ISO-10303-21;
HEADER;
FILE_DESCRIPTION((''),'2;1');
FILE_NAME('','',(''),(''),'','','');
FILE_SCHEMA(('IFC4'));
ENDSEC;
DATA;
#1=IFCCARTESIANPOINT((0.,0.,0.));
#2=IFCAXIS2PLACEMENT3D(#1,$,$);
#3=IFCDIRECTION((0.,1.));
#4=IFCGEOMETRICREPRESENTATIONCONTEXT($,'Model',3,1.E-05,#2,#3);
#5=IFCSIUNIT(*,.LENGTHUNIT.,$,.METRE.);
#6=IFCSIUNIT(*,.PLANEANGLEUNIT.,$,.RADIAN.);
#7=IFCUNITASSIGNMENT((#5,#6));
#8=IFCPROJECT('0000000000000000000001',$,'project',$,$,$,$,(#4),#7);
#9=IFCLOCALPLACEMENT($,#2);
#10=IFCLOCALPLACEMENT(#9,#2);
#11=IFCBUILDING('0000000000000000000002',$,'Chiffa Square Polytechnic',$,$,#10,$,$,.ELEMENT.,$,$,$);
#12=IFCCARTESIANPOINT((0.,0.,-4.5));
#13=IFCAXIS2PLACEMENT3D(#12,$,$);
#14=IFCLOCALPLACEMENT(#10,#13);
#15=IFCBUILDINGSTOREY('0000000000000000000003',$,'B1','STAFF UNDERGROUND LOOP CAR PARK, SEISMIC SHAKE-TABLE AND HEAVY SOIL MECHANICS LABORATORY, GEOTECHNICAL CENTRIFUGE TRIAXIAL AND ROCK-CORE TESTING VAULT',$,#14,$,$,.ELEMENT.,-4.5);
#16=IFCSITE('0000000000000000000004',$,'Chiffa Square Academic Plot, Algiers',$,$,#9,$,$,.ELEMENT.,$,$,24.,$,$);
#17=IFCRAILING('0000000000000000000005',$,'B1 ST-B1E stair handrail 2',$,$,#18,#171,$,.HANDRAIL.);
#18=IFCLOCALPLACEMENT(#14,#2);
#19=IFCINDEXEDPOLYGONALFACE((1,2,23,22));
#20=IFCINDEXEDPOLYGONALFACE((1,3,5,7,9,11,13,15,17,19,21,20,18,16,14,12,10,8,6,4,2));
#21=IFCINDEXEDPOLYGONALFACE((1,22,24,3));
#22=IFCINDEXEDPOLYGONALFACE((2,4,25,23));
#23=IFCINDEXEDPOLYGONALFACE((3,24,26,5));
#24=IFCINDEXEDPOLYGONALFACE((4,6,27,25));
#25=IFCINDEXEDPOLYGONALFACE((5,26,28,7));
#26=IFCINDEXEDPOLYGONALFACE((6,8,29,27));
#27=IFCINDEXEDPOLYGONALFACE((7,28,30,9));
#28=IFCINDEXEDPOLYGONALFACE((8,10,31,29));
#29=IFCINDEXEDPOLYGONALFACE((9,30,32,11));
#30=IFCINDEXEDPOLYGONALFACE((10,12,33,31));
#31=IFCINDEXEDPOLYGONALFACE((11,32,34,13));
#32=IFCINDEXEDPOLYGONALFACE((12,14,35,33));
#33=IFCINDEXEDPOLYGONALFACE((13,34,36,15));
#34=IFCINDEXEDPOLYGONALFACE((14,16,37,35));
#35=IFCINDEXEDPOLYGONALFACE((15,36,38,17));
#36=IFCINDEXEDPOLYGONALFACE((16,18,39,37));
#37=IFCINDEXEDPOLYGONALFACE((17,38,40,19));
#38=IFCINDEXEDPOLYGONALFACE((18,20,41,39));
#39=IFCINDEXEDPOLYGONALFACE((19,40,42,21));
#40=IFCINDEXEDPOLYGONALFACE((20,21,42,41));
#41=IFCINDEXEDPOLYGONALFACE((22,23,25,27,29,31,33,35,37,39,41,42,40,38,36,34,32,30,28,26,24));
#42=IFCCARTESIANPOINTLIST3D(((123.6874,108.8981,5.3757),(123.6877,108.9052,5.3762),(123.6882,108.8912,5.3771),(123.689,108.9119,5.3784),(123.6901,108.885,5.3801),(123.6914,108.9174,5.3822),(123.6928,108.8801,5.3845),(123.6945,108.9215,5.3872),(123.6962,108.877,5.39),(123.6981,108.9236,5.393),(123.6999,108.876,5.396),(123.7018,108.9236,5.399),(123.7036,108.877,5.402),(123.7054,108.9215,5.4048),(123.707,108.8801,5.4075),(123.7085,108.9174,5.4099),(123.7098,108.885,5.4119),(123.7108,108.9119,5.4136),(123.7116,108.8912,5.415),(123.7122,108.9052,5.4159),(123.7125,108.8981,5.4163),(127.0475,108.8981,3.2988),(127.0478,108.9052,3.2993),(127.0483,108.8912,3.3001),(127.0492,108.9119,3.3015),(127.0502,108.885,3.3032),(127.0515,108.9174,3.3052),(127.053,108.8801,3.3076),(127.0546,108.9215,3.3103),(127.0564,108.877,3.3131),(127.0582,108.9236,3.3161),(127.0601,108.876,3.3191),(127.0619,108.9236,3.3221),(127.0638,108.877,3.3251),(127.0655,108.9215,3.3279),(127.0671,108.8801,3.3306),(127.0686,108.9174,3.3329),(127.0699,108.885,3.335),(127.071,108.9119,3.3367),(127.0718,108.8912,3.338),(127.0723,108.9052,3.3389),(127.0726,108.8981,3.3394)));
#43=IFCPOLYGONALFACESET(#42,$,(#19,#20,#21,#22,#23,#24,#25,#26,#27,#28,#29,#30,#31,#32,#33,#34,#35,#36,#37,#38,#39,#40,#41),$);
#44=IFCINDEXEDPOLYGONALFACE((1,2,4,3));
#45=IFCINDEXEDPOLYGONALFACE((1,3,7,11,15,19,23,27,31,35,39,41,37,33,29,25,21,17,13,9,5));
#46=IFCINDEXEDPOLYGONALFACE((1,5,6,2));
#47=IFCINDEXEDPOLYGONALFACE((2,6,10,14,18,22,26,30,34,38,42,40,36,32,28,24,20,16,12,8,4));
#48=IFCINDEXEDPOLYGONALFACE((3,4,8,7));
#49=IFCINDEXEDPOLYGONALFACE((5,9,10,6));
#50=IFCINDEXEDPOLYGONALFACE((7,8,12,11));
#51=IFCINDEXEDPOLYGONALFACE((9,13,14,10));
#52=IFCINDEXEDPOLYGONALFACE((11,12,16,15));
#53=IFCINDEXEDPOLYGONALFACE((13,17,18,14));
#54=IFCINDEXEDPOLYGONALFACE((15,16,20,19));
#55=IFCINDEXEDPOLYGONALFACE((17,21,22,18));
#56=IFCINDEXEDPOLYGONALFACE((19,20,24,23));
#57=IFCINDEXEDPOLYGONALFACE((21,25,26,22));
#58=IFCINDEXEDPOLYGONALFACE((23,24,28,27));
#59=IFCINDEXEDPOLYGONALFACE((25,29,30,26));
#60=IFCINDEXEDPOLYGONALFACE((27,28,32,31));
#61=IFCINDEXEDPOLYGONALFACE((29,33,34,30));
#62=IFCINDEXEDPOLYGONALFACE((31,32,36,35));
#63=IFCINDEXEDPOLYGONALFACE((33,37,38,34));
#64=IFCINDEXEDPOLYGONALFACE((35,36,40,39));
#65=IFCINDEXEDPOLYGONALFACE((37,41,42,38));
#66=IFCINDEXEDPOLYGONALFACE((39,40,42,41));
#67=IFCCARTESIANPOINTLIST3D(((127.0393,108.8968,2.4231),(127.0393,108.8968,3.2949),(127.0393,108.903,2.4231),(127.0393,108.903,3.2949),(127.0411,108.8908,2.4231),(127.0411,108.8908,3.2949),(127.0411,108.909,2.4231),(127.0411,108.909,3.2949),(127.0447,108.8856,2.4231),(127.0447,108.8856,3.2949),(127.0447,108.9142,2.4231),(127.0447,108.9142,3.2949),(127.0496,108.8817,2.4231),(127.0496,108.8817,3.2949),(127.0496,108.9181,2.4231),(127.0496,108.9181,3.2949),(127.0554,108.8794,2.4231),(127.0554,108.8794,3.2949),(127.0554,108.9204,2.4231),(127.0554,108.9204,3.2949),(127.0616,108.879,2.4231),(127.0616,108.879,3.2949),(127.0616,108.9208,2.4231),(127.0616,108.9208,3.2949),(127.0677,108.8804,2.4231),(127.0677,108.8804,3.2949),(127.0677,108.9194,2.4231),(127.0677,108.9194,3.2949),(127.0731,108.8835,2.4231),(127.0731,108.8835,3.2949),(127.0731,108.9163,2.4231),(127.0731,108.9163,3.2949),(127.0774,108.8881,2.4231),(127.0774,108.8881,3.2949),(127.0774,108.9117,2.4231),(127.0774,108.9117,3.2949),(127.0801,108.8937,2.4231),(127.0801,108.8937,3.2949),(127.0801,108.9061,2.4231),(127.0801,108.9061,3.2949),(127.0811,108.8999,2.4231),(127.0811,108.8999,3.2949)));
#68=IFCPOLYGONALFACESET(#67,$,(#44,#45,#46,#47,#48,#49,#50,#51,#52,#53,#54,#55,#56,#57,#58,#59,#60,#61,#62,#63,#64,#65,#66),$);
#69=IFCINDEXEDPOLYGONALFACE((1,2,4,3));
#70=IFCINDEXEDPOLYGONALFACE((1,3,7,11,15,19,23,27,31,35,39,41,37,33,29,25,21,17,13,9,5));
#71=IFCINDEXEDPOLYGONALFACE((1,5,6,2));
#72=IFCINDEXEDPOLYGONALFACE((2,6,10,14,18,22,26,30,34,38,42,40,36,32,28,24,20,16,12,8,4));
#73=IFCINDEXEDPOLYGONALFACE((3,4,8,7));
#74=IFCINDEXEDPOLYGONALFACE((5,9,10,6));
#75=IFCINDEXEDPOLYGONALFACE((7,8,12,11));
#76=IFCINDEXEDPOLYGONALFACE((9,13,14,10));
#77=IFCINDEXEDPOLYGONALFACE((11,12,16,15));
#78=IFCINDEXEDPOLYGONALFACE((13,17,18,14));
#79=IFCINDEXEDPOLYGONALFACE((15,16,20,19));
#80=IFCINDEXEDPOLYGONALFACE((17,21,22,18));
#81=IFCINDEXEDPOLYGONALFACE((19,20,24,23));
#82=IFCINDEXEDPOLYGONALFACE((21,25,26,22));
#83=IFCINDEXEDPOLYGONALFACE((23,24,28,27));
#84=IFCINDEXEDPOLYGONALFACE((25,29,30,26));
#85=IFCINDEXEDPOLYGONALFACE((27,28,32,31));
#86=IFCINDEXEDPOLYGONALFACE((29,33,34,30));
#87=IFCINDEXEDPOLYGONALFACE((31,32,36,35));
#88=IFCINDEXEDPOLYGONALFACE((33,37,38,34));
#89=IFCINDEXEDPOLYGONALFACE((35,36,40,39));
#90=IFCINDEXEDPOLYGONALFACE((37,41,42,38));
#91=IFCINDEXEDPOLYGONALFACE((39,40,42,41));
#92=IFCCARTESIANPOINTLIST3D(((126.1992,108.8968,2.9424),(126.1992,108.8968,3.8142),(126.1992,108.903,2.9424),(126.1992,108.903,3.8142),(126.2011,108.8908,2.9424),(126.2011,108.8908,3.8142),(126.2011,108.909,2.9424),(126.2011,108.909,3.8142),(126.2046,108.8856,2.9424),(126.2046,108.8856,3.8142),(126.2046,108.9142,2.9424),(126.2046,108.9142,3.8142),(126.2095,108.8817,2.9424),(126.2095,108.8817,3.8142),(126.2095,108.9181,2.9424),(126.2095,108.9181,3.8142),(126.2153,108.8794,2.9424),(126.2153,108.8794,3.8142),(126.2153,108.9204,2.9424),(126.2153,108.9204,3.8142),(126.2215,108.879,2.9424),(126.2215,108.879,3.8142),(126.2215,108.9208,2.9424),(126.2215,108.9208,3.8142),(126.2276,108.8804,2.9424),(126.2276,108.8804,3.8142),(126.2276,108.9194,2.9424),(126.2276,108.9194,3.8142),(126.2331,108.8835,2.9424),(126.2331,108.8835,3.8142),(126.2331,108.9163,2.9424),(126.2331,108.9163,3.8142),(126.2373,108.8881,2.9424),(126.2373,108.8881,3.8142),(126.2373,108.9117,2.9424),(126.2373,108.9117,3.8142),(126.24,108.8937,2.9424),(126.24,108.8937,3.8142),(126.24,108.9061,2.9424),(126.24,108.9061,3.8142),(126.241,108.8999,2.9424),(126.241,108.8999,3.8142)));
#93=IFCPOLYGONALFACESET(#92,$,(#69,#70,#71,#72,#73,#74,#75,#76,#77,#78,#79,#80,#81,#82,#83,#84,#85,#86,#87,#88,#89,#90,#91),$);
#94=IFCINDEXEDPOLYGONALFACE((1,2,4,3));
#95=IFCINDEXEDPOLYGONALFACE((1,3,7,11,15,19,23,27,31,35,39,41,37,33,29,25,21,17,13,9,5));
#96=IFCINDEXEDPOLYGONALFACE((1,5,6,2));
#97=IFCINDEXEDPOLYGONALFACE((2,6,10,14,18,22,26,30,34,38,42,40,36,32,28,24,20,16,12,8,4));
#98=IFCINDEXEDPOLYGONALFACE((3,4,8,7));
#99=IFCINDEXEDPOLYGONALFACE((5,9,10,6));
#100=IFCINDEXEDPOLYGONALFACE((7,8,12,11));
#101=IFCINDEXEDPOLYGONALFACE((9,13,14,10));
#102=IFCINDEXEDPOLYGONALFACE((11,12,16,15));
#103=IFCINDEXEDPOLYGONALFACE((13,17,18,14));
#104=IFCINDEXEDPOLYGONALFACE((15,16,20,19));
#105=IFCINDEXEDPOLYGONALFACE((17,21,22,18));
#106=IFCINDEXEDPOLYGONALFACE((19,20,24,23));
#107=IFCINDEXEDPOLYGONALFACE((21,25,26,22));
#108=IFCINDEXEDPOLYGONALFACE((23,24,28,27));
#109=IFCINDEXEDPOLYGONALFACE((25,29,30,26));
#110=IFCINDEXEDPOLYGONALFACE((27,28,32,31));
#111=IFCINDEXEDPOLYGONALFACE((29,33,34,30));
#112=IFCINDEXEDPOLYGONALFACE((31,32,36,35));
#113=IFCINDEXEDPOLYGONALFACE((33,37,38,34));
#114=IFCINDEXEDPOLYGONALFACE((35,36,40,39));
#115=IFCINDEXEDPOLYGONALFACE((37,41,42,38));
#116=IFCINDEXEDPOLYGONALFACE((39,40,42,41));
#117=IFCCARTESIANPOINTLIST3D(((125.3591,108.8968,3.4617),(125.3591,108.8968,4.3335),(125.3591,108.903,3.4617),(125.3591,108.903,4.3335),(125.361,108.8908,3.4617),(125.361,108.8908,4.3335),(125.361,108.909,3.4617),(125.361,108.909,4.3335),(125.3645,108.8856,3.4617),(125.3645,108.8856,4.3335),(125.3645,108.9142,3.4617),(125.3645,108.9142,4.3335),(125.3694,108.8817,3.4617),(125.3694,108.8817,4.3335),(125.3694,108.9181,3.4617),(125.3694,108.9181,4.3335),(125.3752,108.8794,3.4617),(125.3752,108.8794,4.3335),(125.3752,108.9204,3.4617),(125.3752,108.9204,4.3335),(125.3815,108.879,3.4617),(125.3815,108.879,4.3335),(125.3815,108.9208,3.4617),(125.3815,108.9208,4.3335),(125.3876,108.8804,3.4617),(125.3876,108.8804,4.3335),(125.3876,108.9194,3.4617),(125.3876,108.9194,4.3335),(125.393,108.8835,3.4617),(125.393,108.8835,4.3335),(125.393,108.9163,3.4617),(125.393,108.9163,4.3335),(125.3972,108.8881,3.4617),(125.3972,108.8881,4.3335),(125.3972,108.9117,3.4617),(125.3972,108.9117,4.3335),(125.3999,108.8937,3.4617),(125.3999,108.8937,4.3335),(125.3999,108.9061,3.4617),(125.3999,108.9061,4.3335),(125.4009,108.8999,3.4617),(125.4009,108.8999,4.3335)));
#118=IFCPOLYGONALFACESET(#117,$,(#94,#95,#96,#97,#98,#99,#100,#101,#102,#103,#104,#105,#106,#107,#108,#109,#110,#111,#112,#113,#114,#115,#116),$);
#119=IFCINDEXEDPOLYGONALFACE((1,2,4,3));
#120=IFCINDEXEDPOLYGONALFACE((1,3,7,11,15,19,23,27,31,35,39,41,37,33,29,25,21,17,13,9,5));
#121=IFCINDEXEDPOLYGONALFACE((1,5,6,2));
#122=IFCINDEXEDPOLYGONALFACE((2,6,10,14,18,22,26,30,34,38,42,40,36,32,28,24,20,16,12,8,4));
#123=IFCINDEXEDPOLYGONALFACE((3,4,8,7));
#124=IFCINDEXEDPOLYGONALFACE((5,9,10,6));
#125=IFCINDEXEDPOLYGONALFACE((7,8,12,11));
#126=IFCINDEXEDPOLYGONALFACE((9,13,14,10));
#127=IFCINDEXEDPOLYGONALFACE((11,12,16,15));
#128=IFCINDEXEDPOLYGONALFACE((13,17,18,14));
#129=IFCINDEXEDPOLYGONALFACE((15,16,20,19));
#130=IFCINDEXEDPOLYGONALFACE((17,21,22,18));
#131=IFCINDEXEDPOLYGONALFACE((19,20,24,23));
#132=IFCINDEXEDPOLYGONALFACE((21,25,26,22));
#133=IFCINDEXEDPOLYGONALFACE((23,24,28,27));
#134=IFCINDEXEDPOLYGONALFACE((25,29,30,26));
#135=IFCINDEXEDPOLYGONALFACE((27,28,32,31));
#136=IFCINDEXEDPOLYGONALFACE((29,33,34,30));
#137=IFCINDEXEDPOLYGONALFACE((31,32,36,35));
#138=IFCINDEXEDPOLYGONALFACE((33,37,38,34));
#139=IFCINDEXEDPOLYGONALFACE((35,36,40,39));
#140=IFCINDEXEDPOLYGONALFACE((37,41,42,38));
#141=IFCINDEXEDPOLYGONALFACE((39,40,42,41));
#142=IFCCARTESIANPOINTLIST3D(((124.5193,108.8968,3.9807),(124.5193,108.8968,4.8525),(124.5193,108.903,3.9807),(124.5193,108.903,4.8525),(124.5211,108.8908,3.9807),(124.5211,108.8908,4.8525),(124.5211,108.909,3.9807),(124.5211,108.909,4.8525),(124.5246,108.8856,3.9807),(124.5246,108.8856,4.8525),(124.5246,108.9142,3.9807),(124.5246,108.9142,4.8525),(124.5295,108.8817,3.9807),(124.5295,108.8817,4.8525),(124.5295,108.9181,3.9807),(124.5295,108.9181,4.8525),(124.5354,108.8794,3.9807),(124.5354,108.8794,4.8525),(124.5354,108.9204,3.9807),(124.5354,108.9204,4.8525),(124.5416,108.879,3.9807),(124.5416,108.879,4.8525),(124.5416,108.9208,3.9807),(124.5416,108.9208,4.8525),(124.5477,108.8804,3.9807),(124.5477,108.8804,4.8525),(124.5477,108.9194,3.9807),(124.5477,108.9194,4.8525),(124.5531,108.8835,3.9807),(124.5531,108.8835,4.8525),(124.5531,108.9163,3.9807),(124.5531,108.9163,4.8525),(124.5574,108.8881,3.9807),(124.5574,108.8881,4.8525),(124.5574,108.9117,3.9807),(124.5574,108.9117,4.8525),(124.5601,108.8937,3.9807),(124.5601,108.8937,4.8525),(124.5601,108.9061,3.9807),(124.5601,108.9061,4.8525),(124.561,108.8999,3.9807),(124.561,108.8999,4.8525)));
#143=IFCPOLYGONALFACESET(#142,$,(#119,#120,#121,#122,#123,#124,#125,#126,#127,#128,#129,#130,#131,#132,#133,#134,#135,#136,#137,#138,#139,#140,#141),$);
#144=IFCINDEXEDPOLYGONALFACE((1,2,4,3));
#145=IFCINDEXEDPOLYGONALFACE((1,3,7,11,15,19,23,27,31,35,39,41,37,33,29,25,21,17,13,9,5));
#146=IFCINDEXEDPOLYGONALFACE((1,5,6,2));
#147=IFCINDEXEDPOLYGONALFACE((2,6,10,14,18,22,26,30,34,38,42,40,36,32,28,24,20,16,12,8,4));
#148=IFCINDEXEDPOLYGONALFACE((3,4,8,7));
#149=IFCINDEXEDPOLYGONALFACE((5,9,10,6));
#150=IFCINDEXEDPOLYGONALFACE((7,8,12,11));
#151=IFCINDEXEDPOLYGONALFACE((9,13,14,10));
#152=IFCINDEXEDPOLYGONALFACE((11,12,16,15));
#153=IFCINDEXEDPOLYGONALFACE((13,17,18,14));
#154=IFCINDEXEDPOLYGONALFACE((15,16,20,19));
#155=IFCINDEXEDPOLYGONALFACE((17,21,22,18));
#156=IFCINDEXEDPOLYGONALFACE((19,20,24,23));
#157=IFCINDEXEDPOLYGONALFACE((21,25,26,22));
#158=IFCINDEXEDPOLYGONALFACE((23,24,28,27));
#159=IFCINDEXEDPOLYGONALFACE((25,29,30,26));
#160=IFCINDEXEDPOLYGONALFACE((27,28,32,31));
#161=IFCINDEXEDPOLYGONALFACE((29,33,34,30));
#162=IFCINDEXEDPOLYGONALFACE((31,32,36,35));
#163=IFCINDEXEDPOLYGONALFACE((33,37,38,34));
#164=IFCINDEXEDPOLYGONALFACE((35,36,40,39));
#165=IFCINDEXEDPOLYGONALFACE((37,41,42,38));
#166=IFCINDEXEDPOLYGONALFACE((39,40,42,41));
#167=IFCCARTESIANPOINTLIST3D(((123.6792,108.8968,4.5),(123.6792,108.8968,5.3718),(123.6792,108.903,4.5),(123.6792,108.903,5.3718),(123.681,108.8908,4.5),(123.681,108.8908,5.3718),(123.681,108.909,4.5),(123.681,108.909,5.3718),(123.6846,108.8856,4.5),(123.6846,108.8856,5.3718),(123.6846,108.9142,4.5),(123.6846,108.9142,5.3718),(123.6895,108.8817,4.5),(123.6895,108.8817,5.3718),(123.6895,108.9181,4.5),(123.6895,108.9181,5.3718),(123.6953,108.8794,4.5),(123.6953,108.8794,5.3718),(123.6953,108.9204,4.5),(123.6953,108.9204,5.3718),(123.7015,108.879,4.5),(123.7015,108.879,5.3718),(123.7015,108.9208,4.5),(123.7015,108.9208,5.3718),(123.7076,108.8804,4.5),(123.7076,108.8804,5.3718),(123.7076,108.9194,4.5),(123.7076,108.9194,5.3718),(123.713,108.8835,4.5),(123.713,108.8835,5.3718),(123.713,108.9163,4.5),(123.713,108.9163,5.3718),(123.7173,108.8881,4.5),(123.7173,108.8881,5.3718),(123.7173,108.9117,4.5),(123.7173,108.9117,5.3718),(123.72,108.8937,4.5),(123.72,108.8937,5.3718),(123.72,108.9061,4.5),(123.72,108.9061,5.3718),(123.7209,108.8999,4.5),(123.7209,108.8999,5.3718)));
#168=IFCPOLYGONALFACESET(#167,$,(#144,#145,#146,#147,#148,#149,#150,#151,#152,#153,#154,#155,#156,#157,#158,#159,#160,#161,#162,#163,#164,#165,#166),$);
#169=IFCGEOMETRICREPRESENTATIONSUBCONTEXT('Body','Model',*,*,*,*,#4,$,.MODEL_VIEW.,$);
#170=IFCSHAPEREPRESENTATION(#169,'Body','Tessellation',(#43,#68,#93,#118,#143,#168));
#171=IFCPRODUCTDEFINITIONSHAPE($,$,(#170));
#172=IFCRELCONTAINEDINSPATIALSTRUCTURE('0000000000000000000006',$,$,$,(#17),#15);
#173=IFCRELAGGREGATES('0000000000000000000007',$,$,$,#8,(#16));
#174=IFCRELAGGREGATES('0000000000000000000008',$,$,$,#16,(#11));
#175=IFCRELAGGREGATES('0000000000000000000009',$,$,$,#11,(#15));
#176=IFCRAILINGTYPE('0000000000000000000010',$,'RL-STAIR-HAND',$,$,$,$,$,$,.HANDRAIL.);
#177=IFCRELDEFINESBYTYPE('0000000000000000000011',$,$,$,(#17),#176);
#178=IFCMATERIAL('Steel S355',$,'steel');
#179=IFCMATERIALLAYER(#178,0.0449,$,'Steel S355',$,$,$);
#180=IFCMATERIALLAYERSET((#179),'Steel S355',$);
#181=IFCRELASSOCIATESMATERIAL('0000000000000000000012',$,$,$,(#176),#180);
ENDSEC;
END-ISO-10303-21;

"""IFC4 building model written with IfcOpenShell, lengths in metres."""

from ifc_helpers import new_model, si_unit, direction, frame, origin, origin_2d, place, context, subcontext, project, spatial, circle, extrude, material, layer, layer_set, type_object, element, save


model = new_model("IFC4")

# Units and contexts
model_context = context("Model", 3, precision=1e-05, world=origin(), true_north=direction((0.0, 1.0)))
body_context = subcontext(model_context, "Body", "Model", "MODEL_VIEW")
ifc_project = project(units=[si_unit("LENGTHUNIT", "METRE"), si_unit("PLANEANGLEUNIT", "RADIAN")], contexts=[model_context])

# Site, building, storey
site_placement = place(None, origin())
site = spatial("IfcSite", under=ifc_project, at=site_placement, Name="Chiffa Square Academic Plot, Algiers", CompositionType="ELEMENT", RefElevation=24.0)
building_placement = place(site_placement, origin())
building = spatial("IfcBuilding", under=site, at=building_placement, Name="Chiffa Square Polytechnic", CompositionType="ELEMENT")
storey_placement = place(building_placement, frame((0.0, 0.0, -4.5)))
storey = spatial("IfcBuildingStorey", under=building, at=storey_placement, Name="B1", Description="STAFF UNDERGROUND LOOP CAR PARK, SEISMIC SHAKE-TABLE AND HEAVY SOIL MECHANICS LABORATORY, GEOTECHNICAL CENTRIFUGE TRIAXIAL AND ROCK-CORE TESTING VAULT", CompositionType="ELEMENT", Elevation=-4.5)

# Railing
ifc_material_1 = material(Name="Steel S355", Category="steel")
ifc_layer_1 = layer(ifc_material_1, 0.0449, Name="Steel S355")
ifc_layer_set_1 = layer_set([ifc_layer_1], Name="Steel S355")
railing_type = type_object("IfcRailingType", Name="RL-STAIR-HAND", PredefinedType="HANDRAIL", material=ifc_layer_set_1)
railing_placement = place(storey_placement, frame((127.0601, 108.8999, 2.4231)))
element("IfcRailing", 1, at=railing_placement, inside=storey, type_object=railing_type, Name="B1 ST-B1E stair handrail 2", PredefinedType="HANDRAIL", context=body_context, shape_type="SweptSolid", body=[
    extrude(circle(Radius=0.0239, at=origin_2d()), frame((0.0, 0.0, 0.896), z_axis=(-0.850623, 0.0, 0.525776), x_axis=(0.0, -1.0, 0.0)), (0.0, 0.0, 1.0), 3.9502),
    extrude(circle(Radius=0.021, at=origin_2d()), origin(), (0.0, 0.0, 1.0), 0.8718),
    extrude(circle(Radius=0.021, at=origin_2d()), frame((-0.8401, 0.0, 0.5193)), (0.0, 0.0, 1.0), 0.8718),
    extrude(circle(Radius=0.021, at=origin_2d()), frame((-1.6802, 0.0, 1.0386)), (0.0, 0.0, 1.0), 0.8718),
    extrude(circle(Radius=0.021, at=origin_2d()), frame((-2.52, 0.0, 1.5576)), (0.0, 0.0, 1.0), 0.8718),
    extrude(circle(Radius=0.021, at=origin_2d()), frame((-3.3601, 0.0, 2.0769)), (0.0, 0.0, 1.0), 0.8718),
])

save(model, "model.ifc")
